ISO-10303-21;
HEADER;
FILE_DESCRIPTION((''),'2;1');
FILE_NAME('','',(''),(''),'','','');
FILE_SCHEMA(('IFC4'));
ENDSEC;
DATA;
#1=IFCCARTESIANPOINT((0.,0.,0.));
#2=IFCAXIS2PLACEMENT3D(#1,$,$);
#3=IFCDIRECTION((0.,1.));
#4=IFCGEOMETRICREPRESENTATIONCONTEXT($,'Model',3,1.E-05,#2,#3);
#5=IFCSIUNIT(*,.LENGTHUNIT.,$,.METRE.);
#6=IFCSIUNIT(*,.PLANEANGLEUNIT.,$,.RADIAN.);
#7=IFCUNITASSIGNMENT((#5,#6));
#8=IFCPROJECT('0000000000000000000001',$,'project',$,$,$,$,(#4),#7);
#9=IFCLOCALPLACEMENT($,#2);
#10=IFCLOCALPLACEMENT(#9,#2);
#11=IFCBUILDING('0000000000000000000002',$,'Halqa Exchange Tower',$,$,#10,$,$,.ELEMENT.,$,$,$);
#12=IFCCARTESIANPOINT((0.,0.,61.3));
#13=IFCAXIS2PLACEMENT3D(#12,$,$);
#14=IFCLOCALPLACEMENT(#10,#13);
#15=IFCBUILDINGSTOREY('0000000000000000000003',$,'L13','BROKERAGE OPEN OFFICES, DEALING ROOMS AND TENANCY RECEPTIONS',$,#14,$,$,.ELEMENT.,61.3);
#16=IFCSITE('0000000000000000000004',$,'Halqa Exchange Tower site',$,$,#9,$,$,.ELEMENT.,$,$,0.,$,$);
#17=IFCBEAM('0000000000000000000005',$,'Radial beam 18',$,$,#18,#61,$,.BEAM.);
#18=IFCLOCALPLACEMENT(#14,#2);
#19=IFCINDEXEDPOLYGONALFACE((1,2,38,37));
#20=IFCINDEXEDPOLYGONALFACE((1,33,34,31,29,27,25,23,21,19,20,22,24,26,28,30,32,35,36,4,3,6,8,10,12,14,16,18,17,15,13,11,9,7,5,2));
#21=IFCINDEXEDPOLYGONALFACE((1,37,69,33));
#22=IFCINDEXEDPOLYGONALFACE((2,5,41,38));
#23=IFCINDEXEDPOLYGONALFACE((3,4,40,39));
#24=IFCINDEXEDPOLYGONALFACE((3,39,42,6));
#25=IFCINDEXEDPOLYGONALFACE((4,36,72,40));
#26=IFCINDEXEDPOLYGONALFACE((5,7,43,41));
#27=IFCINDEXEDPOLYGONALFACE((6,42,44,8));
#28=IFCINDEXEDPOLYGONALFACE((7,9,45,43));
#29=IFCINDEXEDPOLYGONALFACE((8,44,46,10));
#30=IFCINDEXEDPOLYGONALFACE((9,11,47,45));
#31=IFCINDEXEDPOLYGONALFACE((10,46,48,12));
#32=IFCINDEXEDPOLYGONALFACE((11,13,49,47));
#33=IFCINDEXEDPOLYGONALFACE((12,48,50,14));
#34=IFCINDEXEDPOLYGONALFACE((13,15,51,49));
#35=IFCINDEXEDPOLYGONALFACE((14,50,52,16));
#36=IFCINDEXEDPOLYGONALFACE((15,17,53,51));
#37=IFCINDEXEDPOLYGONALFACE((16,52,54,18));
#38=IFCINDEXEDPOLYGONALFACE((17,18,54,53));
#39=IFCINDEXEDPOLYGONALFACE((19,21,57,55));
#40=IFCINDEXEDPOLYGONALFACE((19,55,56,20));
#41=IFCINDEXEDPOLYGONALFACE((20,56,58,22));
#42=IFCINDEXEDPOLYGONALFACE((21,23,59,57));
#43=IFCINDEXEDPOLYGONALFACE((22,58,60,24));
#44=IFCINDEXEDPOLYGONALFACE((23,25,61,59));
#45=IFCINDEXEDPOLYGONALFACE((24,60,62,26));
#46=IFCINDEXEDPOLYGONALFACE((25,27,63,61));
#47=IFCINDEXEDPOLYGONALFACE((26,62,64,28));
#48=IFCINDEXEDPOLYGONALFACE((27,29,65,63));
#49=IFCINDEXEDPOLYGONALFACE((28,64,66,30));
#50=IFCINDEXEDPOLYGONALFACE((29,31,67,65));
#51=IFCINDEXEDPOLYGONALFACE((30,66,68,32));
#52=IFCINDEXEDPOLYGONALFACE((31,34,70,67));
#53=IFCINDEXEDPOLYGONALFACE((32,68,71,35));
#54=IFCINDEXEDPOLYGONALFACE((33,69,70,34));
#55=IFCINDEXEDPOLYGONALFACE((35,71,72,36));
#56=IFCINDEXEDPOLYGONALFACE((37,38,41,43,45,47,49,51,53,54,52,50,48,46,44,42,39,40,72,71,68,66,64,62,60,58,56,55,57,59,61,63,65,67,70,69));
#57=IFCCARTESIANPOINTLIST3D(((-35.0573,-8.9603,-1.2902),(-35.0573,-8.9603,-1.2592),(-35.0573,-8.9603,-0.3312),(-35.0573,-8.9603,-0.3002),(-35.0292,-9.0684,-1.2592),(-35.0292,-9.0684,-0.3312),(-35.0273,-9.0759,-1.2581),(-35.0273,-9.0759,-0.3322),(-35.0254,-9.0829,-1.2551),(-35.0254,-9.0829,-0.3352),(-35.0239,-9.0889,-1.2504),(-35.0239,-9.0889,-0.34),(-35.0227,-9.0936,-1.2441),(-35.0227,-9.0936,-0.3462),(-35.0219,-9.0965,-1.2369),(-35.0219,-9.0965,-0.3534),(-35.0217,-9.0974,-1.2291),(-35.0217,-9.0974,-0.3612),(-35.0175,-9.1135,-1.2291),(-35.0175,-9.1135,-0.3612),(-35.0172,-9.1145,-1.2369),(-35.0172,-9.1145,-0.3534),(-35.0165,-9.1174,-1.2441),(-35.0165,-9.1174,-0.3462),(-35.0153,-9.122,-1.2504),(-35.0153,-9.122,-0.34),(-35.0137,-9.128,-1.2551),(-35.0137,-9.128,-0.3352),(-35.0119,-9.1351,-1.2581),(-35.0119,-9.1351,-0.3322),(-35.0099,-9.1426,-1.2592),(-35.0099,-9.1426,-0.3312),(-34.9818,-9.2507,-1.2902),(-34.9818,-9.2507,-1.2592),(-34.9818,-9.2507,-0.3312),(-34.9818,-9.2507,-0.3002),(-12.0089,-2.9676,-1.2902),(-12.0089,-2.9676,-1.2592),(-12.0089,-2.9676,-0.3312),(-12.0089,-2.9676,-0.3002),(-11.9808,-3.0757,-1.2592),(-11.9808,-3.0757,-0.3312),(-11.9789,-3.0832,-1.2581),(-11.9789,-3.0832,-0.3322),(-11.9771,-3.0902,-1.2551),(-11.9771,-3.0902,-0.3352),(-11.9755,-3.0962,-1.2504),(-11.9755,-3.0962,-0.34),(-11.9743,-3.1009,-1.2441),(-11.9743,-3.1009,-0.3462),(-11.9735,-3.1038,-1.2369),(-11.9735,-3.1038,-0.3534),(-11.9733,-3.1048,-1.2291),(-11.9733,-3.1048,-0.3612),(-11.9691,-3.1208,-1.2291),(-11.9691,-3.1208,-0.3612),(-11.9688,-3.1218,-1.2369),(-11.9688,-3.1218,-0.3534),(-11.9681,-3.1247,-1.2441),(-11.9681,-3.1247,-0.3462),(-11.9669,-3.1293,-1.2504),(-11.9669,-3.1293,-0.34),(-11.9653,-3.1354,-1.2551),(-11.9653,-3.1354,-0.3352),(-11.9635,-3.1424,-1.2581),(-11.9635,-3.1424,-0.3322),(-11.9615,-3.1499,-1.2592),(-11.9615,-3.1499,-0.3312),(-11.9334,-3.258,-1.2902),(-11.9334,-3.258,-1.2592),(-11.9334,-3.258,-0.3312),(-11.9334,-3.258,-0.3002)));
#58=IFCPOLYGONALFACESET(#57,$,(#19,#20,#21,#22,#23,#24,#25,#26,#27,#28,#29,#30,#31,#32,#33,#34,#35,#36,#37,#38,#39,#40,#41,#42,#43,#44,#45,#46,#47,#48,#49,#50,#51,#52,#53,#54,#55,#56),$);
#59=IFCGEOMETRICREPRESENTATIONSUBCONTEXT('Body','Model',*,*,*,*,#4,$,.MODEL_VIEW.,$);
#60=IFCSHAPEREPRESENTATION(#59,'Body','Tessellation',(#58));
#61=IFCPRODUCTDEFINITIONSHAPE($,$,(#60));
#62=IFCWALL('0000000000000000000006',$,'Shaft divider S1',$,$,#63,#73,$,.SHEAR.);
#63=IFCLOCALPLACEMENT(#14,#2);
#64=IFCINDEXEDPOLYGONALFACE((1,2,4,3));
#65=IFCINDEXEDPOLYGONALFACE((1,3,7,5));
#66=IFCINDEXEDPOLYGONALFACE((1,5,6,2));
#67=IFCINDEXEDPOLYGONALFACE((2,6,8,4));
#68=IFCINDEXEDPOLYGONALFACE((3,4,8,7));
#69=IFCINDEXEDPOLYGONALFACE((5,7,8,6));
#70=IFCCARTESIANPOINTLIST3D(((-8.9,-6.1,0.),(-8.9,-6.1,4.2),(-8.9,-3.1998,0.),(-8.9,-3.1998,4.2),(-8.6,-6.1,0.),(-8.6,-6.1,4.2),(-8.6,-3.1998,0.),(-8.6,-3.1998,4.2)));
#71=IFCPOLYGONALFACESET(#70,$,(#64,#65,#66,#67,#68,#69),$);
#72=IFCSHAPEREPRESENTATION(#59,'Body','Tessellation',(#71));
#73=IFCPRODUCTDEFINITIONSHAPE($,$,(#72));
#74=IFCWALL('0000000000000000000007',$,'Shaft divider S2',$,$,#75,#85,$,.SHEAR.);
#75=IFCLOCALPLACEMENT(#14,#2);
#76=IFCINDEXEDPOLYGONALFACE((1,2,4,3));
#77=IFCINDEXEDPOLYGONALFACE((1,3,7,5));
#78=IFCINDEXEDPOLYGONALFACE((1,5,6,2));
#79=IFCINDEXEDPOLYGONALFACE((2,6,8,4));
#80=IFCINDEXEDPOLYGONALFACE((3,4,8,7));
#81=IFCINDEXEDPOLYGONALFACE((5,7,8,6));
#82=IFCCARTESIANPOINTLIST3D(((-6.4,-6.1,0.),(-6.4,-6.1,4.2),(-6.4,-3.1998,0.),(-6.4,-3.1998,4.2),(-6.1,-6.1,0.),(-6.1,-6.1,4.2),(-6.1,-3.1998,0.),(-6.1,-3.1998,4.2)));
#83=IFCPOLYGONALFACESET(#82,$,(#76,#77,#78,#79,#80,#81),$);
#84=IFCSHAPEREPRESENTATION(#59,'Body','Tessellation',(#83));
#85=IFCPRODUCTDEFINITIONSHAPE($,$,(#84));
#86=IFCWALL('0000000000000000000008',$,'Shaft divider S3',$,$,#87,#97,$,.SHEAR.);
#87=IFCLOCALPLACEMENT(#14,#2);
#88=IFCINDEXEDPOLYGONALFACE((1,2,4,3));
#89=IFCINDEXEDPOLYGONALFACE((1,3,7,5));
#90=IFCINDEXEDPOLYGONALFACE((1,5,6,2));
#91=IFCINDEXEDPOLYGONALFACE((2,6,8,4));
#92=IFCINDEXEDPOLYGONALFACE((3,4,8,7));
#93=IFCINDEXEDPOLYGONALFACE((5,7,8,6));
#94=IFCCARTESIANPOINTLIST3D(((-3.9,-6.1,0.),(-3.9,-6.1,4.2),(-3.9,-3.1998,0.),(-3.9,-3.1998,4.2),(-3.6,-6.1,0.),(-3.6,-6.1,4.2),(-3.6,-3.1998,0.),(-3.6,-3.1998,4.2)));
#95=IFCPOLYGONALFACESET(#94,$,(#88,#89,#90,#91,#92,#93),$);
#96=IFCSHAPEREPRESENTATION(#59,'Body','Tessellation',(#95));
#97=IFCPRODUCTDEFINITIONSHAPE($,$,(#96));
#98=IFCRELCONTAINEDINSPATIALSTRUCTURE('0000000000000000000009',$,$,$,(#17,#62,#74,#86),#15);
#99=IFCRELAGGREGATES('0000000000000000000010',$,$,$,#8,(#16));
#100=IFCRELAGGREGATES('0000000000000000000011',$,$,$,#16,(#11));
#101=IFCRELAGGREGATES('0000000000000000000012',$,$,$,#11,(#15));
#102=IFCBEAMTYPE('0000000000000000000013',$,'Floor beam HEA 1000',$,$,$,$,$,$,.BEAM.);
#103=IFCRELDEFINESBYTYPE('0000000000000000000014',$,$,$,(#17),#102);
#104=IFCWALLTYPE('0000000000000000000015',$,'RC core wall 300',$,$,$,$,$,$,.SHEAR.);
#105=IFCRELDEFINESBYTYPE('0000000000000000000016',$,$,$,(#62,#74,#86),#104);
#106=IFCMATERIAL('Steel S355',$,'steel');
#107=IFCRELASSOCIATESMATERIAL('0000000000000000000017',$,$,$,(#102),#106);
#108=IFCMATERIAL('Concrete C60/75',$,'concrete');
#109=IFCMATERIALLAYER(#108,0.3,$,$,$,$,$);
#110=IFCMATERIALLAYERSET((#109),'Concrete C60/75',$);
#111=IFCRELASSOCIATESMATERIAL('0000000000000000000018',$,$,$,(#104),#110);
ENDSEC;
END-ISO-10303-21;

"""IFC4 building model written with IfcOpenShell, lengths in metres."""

from ifc_helpers import new_model, si_unit, direction, frame, frame_2d, origin, origin_2d, place, context, subcontext, project, spatial, rectangle, i_section, extrude, material, layer, layer_set, material_profile, profile_set, type_object, element, save


model = new_model("IFC4")

# Units and contexts
model_context = context("Model", 3, precision=1e-05, world=origin(), true_north=direction((0.0, 1.0)))
body_context = subcontext(model_context, "Body", "Model", "MODEL_VIEW")
ifc_project = project(units=[si_unit("LENGTHUNIT", "METRE"), si_unit("PLANEANGLEUNIT", "RADIAN")], contexts=[model_context])

# Site, building, storey
site_placement = place(None, origin())
site = spatial("IfcSite", under=ifc_project, at=site_placement, Name="Halqa Exchange Tower site", CompositionType="ELEMENT", RefElevation=0.0)
building_placement = place(site_placement, origin())
building = spatial("IfcBuilding", under=site, at=building_placement, Name="Halqa Exchange Tower", CompositionType="ELEMENT")
storey_placement = place(building_placement, frame((0.0, 0.0, 61.3)))
storey = spatial("IfcBuildingStorey", under=building, at=storey_placement, Name="L13", Description="BROKERAGE OPEN OFFICES, DEALING ROOMS AND TENANCY RECEPTIONS", CompositionType="ELEMENT", Elevation=61.3)

# Beam
ifc_material_1 = material(Name="Steel S355", Category="steel")
ifc_material_profile = material_profile(ifc_material_1, i_section(OverallWidth=0.3, OverallDepth=0.99, WebThickness=0.0166, FlangeThickness=0.031, FilletRadius=0.03, at=origin_2d()), Name="HEA 1000")
ifc_profile_set = profile_set([ifc_material_profile], Name="Steel S355")
beam_type = type_object("IfcBeamType", Name="Floor beam HEA 1000", PredefinedType="BEAM", material=ifc_profile_set)
beam_placement = place(storey_placement, frame((-11.9712, -3.1128, -0.7952), z_axis=(-0.967821, -0.251638, 0.0), x_axis=(0.251638, -0.967821, 0.0)))
element("IfcBeam", 1, at=beam_placement, inside=storey, type_object=beam_type, Name="Radial beam 18", PredefinedType="BEAM", context=body_context, shape_type="SweptSolid", body=[
    extrude(i_section(OverallWidth=0.3, OverallDepth=0.99, WebThickness=0.0166, FlangeThickness=0.031, FilletRadius=0.03, at=origin_2d()), origin(), (0.0, 0.0, 1.0), 23.8147),
])

# Walls
ifc_material_2 = material(Name="Concrete C60/75", Category="concrete")
ifc_layer_1 = layer(ifc_material_2, 0.3)
ifc_layer_set_1 = layer_set([ifc_layer_1], Name="Concrete C60/75")
wall_type_1 = type_object("IfcWallType", Name="RC core wall 300", PredefinedType="SHEAR", material=ifc_layer_set_1)
for number, where, z_axis, x_axis, name in (
    (2, (-8.75, -6.1001, 0.0), (0.0, 0.0, 1.0), (0.0, 1.0, 0.0), "Shaft divider S1"),
    (3, (-6.25, -6.1001, 0.0), (0.0, 0.0, 1.0), (0.0, 1.0, 0.0), "Shaft divider S2"),
    (4, (-3.75, -6.1001, 0.0), (0.0, 0.0, 1.0), (0.0, 1.0, 0.0), "Shaft divider S3"),
):
    element("IfcWall", number, at=place(storey_placement, frame(where, z_axis=z_axis, x_axis=x_axis)), inside=storey, type_object=wall_type_1, Name=name, PredefinedType="SHEAR", context=body_context, shape_type="SweptSolid", body=[
        extrude(rectangle(XDim=2.9001, YDim=0.3, at=frame_2d((1.4502, 0.0))), origin(), (0.0, 0.0, 1.0), 4.2),
    ])

save(model, "model.ifc")
